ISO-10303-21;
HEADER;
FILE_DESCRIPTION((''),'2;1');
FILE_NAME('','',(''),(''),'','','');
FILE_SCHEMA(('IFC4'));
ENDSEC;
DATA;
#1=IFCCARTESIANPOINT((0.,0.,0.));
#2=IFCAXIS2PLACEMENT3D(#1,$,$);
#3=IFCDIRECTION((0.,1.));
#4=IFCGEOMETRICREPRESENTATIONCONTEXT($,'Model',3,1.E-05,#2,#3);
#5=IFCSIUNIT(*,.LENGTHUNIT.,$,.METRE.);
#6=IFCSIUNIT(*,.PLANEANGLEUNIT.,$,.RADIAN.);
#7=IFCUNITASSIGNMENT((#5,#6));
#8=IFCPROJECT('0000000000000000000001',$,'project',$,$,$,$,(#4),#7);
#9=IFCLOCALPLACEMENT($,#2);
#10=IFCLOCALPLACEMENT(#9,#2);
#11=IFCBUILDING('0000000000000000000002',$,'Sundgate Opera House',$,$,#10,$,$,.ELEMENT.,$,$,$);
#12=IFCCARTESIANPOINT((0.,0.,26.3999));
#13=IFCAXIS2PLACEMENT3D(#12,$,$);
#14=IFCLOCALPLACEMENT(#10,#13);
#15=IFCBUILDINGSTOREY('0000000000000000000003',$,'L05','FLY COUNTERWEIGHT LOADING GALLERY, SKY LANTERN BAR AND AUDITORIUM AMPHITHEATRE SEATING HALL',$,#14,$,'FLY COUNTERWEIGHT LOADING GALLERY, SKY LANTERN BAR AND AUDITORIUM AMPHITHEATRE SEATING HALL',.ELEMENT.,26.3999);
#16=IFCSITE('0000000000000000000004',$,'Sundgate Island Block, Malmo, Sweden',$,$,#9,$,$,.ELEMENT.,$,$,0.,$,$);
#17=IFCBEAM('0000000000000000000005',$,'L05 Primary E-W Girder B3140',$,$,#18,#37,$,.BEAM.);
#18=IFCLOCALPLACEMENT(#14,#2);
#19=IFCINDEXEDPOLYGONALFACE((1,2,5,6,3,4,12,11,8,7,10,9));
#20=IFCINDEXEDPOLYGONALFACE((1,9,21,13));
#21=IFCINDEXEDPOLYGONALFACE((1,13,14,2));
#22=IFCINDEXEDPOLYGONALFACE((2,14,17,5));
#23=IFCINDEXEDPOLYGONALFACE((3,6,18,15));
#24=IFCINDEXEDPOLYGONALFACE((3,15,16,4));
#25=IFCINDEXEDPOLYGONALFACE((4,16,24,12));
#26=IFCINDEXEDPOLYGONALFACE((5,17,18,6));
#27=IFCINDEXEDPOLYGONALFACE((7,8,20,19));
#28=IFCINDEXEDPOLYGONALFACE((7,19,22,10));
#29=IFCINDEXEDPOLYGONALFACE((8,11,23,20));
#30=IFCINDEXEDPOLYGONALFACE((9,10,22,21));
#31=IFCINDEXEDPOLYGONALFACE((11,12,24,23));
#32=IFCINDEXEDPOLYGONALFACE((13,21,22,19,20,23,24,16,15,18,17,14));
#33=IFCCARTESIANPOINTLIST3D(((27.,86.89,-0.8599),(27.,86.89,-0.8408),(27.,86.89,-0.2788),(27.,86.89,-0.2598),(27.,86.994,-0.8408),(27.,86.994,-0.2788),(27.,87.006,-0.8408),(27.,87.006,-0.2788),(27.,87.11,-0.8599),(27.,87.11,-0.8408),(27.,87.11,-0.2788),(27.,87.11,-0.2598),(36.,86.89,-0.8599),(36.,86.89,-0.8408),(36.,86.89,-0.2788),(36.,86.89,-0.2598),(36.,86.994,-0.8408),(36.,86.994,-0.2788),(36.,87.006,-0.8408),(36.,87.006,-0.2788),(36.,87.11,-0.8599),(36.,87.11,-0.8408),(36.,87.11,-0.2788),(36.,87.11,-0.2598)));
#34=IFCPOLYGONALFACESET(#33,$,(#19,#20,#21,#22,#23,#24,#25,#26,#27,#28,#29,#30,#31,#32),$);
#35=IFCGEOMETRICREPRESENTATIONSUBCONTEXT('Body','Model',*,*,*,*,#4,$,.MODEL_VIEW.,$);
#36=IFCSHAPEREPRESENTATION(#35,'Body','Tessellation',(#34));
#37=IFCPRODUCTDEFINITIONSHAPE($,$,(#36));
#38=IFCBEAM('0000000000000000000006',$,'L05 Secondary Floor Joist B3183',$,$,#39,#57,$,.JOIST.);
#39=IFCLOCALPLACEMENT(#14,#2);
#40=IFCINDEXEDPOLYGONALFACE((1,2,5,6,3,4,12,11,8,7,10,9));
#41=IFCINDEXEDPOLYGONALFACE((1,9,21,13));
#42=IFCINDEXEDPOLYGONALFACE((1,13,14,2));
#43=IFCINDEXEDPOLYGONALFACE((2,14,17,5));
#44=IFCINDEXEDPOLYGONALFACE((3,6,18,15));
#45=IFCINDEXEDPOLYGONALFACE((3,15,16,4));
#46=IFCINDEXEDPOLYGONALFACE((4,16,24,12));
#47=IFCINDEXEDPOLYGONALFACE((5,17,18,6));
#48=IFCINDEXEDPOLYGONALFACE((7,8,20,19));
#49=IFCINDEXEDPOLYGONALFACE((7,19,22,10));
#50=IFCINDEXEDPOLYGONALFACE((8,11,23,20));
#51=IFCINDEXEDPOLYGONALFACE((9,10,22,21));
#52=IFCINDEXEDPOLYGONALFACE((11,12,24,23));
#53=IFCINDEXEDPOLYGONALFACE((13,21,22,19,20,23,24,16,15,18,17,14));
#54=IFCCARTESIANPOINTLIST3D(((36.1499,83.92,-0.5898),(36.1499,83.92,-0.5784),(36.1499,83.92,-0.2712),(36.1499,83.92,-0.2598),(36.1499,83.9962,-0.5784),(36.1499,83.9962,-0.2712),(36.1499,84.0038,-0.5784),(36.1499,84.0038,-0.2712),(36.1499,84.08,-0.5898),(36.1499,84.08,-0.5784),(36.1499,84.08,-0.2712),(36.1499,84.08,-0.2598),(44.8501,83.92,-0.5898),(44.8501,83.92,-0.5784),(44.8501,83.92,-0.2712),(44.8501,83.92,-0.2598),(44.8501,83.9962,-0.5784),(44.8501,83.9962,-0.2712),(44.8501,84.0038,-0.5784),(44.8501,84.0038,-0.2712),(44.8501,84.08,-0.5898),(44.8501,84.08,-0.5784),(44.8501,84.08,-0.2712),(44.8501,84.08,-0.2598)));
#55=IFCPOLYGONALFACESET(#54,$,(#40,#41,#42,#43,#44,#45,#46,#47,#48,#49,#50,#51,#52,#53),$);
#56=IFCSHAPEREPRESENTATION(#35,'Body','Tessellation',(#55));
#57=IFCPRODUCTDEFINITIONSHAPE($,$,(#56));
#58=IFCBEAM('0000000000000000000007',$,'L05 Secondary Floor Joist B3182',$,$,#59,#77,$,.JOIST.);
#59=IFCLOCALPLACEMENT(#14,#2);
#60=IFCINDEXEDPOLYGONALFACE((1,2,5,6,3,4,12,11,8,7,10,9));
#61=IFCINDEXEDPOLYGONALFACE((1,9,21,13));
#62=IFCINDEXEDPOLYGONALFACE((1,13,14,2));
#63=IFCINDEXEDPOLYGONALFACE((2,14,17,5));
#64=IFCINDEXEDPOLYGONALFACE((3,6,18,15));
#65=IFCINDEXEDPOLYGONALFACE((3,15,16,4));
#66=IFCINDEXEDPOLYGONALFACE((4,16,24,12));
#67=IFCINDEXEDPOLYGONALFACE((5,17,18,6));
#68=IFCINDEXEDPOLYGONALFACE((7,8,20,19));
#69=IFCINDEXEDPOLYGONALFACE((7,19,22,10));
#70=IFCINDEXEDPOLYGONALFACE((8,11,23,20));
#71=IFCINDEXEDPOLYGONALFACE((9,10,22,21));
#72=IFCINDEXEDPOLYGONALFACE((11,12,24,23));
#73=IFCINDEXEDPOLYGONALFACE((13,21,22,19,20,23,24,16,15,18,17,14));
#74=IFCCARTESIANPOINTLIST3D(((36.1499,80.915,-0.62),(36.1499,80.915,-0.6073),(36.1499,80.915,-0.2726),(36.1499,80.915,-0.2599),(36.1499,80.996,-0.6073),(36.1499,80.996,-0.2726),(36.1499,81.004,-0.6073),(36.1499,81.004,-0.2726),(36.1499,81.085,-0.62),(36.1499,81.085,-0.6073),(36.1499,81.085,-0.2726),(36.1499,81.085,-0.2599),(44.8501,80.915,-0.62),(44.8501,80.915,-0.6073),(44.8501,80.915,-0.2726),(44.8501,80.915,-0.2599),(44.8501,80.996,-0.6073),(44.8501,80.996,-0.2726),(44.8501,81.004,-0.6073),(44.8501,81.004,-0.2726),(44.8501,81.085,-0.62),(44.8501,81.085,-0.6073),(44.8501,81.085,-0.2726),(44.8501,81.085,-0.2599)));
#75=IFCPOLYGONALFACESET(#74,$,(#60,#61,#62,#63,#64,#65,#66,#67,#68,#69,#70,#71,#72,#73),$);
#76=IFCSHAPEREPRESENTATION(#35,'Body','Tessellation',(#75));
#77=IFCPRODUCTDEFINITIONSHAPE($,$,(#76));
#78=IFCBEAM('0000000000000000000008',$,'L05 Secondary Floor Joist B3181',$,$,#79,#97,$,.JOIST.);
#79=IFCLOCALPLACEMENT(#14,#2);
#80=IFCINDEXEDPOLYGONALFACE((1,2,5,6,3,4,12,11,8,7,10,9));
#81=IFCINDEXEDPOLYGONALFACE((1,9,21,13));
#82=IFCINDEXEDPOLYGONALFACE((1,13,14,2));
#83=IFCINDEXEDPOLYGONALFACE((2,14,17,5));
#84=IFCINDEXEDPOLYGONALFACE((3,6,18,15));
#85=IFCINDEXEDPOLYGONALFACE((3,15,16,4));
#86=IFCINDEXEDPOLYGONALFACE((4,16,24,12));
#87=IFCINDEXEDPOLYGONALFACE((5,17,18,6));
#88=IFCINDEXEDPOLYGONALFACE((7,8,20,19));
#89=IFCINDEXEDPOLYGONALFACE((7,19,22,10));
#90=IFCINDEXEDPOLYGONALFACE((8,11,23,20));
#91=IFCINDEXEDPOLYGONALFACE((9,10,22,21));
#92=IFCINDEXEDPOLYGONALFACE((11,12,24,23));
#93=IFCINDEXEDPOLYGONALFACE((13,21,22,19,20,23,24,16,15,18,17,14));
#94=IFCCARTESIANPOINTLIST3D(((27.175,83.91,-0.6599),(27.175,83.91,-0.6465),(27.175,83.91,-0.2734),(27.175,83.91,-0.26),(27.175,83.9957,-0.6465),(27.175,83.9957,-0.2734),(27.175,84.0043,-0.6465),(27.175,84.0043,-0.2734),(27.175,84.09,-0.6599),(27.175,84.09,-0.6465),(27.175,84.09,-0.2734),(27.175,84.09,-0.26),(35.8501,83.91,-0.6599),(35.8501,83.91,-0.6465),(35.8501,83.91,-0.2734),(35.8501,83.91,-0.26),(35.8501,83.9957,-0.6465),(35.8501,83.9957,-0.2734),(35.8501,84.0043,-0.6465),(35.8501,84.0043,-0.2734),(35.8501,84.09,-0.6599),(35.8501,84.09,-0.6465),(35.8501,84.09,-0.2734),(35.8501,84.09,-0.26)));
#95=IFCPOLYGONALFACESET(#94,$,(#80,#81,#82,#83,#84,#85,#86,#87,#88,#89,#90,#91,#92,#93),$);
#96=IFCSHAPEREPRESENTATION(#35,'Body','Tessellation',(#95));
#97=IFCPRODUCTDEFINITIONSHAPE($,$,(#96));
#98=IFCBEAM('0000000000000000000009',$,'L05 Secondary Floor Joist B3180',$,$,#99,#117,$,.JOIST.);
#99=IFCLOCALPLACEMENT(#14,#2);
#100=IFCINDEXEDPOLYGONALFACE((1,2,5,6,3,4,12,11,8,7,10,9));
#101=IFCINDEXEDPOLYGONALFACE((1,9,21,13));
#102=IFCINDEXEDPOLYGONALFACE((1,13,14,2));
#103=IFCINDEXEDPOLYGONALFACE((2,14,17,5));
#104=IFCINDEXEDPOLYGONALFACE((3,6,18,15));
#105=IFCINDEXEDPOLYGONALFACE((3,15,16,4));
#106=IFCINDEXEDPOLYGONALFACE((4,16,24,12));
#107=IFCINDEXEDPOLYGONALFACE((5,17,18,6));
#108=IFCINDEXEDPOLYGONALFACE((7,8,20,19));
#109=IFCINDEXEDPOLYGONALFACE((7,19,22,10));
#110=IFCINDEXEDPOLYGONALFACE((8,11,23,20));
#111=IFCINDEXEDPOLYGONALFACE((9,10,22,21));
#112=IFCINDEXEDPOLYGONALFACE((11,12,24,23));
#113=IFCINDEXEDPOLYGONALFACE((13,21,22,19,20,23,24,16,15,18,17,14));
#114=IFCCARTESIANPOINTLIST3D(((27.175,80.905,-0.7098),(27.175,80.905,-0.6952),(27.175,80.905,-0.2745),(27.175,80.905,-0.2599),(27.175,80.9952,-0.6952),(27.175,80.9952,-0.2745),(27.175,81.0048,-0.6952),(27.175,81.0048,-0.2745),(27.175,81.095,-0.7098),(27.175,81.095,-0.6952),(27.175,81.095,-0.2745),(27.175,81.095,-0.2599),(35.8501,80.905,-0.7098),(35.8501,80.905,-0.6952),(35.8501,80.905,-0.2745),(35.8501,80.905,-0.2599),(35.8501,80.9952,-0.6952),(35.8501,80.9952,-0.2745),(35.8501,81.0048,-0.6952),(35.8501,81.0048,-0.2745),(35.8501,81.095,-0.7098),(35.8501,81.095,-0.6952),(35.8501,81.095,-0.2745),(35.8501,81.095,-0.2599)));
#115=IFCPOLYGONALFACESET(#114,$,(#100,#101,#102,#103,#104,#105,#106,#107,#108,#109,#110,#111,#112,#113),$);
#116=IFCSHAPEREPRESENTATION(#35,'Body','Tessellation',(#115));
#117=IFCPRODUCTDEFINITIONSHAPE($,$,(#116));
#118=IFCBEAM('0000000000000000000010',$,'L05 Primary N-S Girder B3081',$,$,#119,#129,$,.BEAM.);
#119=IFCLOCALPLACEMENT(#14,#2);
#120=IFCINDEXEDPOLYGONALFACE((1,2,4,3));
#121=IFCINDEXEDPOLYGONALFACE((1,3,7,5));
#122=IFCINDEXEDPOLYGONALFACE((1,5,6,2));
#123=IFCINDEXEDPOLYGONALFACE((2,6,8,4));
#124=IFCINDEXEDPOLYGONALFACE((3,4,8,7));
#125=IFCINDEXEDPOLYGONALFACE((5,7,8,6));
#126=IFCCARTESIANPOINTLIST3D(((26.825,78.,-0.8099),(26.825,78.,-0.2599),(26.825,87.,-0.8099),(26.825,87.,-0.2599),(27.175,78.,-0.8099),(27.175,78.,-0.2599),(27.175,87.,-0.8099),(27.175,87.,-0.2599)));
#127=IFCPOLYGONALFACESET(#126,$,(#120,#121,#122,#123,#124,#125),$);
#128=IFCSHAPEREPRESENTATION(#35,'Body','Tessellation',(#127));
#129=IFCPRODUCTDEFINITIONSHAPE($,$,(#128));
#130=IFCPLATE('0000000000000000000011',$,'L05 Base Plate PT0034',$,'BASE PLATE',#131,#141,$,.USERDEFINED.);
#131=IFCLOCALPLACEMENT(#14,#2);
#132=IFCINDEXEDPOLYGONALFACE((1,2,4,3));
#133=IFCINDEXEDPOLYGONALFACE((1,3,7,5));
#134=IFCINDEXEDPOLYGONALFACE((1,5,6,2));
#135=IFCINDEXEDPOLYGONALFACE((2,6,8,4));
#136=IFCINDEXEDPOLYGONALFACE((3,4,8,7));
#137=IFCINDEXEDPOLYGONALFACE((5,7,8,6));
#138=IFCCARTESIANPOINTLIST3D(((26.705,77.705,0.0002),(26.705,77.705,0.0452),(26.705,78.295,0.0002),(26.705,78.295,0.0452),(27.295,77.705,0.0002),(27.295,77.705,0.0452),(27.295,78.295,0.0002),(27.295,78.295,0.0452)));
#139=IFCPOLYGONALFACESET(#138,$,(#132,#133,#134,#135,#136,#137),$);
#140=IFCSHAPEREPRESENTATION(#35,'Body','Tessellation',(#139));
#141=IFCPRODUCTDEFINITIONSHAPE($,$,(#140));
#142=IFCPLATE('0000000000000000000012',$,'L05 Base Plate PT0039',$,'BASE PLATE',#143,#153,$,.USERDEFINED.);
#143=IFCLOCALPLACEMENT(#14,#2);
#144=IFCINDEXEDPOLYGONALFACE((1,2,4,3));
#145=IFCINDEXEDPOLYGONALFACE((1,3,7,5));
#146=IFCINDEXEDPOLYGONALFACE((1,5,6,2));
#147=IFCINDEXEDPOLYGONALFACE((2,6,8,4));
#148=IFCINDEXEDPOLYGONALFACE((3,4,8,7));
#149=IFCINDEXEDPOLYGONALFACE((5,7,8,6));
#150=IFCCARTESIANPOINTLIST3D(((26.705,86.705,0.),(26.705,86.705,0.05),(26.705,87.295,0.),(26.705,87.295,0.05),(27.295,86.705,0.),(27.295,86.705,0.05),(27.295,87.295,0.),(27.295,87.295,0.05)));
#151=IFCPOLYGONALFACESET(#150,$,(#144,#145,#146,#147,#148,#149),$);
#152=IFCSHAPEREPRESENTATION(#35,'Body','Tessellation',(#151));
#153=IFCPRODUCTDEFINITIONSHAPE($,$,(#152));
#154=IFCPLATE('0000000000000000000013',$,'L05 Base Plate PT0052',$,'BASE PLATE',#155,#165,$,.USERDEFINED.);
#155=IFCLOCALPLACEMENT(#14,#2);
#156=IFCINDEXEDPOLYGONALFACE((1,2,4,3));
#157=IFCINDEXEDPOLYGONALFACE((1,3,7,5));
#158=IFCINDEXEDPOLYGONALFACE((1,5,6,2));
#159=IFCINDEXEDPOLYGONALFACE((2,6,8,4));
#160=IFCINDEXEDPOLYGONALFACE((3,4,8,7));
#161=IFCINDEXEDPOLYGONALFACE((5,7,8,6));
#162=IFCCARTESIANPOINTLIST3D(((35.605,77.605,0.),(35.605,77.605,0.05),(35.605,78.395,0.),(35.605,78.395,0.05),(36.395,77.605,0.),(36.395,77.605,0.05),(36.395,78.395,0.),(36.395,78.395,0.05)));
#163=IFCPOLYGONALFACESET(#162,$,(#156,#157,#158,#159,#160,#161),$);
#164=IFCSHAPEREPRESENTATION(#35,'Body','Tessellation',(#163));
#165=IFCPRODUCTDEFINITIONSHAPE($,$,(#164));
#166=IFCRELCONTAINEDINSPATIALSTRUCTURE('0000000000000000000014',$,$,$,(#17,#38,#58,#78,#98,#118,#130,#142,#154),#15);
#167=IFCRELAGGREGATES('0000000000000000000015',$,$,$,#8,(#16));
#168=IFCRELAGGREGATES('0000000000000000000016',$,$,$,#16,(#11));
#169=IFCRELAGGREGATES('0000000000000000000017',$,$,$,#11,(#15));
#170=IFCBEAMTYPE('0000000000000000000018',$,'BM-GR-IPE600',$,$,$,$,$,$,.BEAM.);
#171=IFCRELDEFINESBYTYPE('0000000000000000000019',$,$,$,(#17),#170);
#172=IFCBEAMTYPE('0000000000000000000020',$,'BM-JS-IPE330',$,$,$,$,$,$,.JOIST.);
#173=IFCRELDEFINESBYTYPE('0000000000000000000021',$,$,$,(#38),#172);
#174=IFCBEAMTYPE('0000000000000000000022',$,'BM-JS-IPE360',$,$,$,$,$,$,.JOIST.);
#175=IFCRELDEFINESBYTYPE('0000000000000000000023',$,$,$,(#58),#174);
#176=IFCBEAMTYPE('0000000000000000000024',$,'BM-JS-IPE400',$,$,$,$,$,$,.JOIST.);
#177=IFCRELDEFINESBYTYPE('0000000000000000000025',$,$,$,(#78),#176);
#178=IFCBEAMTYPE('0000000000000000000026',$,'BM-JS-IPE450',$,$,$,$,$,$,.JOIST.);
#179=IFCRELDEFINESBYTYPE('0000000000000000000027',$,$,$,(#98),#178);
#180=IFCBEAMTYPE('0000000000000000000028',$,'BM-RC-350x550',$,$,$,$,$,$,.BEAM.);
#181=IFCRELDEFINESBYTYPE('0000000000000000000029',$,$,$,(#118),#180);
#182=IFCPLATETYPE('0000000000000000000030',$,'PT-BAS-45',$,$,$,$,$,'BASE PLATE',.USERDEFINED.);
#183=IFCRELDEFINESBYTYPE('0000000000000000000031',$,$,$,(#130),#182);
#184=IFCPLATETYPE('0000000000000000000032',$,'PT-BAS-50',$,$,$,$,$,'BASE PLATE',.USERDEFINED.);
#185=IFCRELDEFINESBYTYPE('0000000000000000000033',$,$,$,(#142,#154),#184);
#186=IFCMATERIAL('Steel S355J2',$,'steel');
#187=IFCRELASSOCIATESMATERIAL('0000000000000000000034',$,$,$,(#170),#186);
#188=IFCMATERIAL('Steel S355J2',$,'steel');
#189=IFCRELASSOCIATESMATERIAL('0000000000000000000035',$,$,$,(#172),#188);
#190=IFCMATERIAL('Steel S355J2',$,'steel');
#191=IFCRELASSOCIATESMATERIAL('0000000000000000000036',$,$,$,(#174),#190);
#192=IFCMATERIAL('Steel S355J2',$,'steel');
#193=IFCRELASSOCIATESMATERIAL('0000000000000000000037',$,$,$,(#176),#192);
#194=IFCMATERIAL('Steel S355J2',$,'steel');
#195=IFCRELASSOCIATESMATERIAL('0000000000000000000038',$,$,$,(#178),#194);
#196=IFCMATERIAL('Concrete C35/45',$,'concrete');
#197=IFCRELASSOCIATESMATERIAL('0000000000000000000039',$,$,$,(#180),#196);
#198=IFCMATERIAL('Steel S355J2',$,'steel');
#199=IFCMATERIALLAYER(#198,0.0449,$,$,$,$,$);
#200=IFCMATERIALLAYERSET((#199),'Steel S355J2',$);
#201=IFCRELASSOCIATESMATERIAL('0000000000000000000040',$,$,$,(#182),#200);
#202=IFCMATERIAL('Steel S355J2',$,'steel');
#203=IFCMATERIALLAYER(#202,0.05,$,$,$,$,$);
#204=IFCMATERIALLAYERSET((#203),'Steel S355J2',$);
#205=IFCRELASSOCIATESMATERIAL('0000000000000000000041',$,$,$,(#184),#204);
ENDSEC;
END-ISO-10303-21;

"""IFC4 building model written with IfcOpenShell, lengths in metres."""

from ifc_helpers import new_model, si_unit, direction, frame, origin, origin_2d, place, context, subcontext, project, spatial, rectangle, i_section, extrude, material, layer, layer_set, material_profile, profile_set, type_object, element, save


model = new_model("IFC4")

# Units and contexts
model_context = context("Model", 3, precision=1e-05, world=origin(), true_north=direction((0.0, 1.0)))
body_context = subcontext(model_context, "Body", "Model", "MODEL_VIEW")
ifc_project = project(units=[si_unit("LENGTHUNIT", "METRE"), si_unit("PLANEANGLEUNIT", "RADIAN")], contexts=[model_context])

# Site, building, storey
site_placement = place(None, origin())
site = spatial("IfcSite", under=ifc_project, at=site_placement, Name="Sundgate Island Block, Malmo, Sweden", CompositionType="ELEMENT", RefElevation=0.0)
building_placement = place(site_placement, origin())
building = spatial("IfcBuilding", under=site, at=building_placement, Name="Sundgate Opera House", CompositionType="ELEMENT")
storey_placement = place(building_placement, frame((0.0, 0.0, 26.3999)))
storey = spatial("IfcBuildingStorey", under=building, at=storey_placement, Name="L05", Description="FLY COUNTERWEIGHT LOADING GALLERY, SKY LANTERN BAR AND AUDITORIUM AMPHITHEATRE SEATING HALL", LongName="FLY COUNTERWEIGHT LOADING GALLERY, SKY LANTERN BAR AND AUDITORIUM AMPHITHEATRE SEATING HALL", CompositionType="ELEMENT", Elevation=26.3999)

# Beams
ifc_material_1 = material(Name="Steel S355J2", Category="steel")
ifc_material_profile_1 = material_profile(ifc_material_1, i_section(OverallWidth=0.22, OverallDepth=0.6001, WebThickness=0.012, FlangeThickness=0.019, at=origin_2d()), Name="IPE 600")
ifc_profile_set_1 = profile_set([ifc_material_profile_1], Name="Steel S355J2")
beam_type_1 = type_object("IfcBeamType", Name="BM-GR-IPE600", PredefinedType="BEAM", material=ifc_profile_set_1)
beam_1_placement = place(storey_placement, frame((27.0, 87.0, -0.5598), z_axis=(1.0, 0.0, 0.0), x_axis=(0.0, 1.0, 0.0)))
element("IfcBeam", 1, at=beam_1_placement, inside=storey, type_object=beam_type_1, Name="L05 Primary E-W Girder B3140", PredefinedType="BEAM", context=body_context, shape_type="SweptSolid", body=[
    extrude(i_section(OverallWidth=0.22, OverallDepth=0.6001, WebThickness=0.012, FlangeThickness=0.019, at=origin_2d()), origin(), (0.0, 0.0, 1.0), 9.0),
])
ifc_material_2 = material(Name="Steel S355J2", Category="steel")
ifc_material_profile_2 = material_profile(ifc_material_2, i_section(OverallWidth=0.1599, OverallDepth=0.3301, WebThickness=0.0076, FlangeThickness=0.0115, at=origin_2d()), Name="IPE 330")
ifc_profile_set_2 = profile_set([ifc_material_profile_2], Name="Steel S355J2")
beam_type_2 = type_object("IfcBeamType", Name="BM-JS-IPE330", PredefinedType="JOIST", material=ifc_profile_set_2)
beam_2_placement = place(storey_placement, frame((36.1499, 84.0, -0.4248), z_axis=(1.0, 0.0, 0.0), x_axis=(0.0, 1.0, 0.0)))
element("IfcBeam", 2, at=beam_2_placement, inside=storey, type_object=beam_type_2, Name="L05 Secondary Floor Joist B3183", PredefinedType="JOIST", context=body_context, shape_type="SweptSolid", body=[
    extrude(i_section(OverallWidth=0.1599, OverallDepth=0.3301, WebThickness=0.0076, FlangeThickness=0.0115, at=origin_2d()), origin(), (0.0, 0.0, 1.0), 8.7002),
])
ifc_material_3 = material(Name="Steel S355J2", Category="steel")
ifc_material_profile_3 = material_profile(ifc_material_3, i_section(OverallWidth=0.1699, OverallDepth=0.3601, WebThickness=0.0081, FlangeThickness=0.0127, at=origin_2d()), Name="IPE 360")
ifc_profile_set_3 = profile_set([ifc_material_profile_3], Name="Steel S355J2")
beam_type_3 = type_object("IfcBeamType", Name="BM-JS-IPE360", PredefinedType="JOIST", material=ifc_profile_set_3)
beam_3_placement = place(storey_placement, frame((36.1499, 81.0, -0.4399), z_axis=(1.0, 0.0, 0.0), x_axis=(0.0, 1.0, 0.0)))
element("IfcBeam", 3, at=beam_3_placement, inside=storey, type_object=beam_type_3, Name="L05 Secondary Floor Joist B3182", PredefinedType="JOIST", context=body_context, shape_type="SweptSolid", body=[
    extrude(i_section(OverallWidth=0.1699, OverallDepth=0.3601, WebThickness=0.0081, FlangeThickness=0.0127, at=origin_2d()), origin(), (0.0, 0.0, 1.0), 8.7002),
])
ifc_material_4 = material(Name="Steel S355J2", Category="steel")
ifc_material_profile_4 = material_profile(ifc_material_4, i_section(OverallWidth=0.1799, OverallDepth=0.3999, WebThickness=0.0085, FlangeThickness=0.0134, at=origin_2d()), Name="IPE 400")
ifc_profile_set_4 = profile_set([ifc_material_profile_4], Name="Steel S355J2")
beam_type_4 = type_object("IfcBeamType", Name="BM-JS-IPE400", PredefinedType="JOIST", material=ifc_profile_set_4)
beam_4_placement = place(storey_placement, frame((27.175, 84.0, -0.46), z_axis=(1.0, 0.0, 0.0), x_axis=(0.0, 1.0, 0.0)))
element("IfcBeam", 4, at=beam_4_placement, inside=storey, type_object=beam_type_4, Name="L05 Secondary Floor Joist B3181", PredefinedType="JOIST", context=body_context, shape_type="SweptSolid", body=[
    extrude(i_section(OverallWidth=0.1799, OverallDepth=0.3999, WebThickness=0.0085, FlangeThickness=0.0134, at=origin_2d()), origin(), (0.0, 0.0, 1.0), 8.675),
])
ifc_material_5 = material(Name="Steel S355J2", Category="steel")
ifc_material_profile_5 = material_profile(ifc_material_5, i_section(OverallWidth=0.1899, OverallDepth=0.45, WebThickness=0.0095, FlangeThickness=0.0146, at=origin_2d()), Name="IPE 450")
ifc_profile_set_5 = profile_set([ifc_material_profile_5], Name="Steel S355J2")
beam_type_5 = type_object("IfcBeamType", Name="BM-JS-IPE450", PredefinedType="JOIST", material=ifc_profile_set_5)
beam_5_placement = place(storey_placement, frame((27.175, 81.0, -0.4849), z_axis=(1.0, 0.0, 0.0), x_axis=(0.0, 1.0, 0.0)))
element("IfcBeam", 5, at=beam_5_placement, inside=storey, type_object=beam_type_5, Name="L05 Secondary Floor Joist B3180", PredefinedType="JOIST", context=body_context, shape_type="SweptSolid", body=[
    extrude(i_section(OverallWidth=0.1899, OverallDepth=0.45, WebThickness=0.0095, FlangeThickness=0.0146, at=origin_2d()), origin(), (0.0, 0.0, 1.0), 8.675),
])
ifc_material_6 = material(Name="Concrete C35/45", Category="concrete")
ifc_material_profile_6 = material_profile(ifc_material_6, rectangle(XDim=0.3501, YDim=0.55, at=origin_2d()), Name="RC 350x550")
ifc_profile_set_6 = profile_set([ifc_material_profile_6], Name="Concrete C35/45")
beam_type_6 = type_object("IfcBeamType", Name="BM-RC-350x550", PredefinedType="BEAM", material=ifc_profile_set_6)
beam_6_placement = place(storey_placement, frame((27.0, 78.0, -0.5349), z_axis=(0.0, 1.0, 0.0), x_axis=(-1.0, 0.0, 0.0)))
element("IfcBeam", 6, at=beam_6_placement, inside=storey, type_object=beam_type_6, Name="L05 Primary N-S Girder B3081", PredefinedType="BEAM", context=body_context, shape_type="SweptSolid", body=[
    extrude(rectangle(XDim=0.3501, YDim=0.55, at=origin_2d()), origin(), (0.0, 0.0, 1.0), 9.0),
])

# Plates
ifc_material_7 = material(Name="Steel S355J2", Category="steel")
ifc_layer_1 = layer(ifc_material_7, 0.0449)
ifc_layer_set_1 = layer_set([ifc_layer_1], Name="Steel S355J2")
plate_type_1 = type_object("IfcPlateType", Name="PT-BAS-45", ElementType="BASE PLATE", PredefinedType="USERDEFINED", material=ifc_layer_set_1)
plate_1_placement = place(storey_placement, frame((27.0, 78.0, 0.0002), z_axis=(0.0, 0.0, 1.0), x_axis=(1.0, 0.0, 0.0)))
element("IfcPlate", 7, at=plate_1_placement, inside=storey, type_object=plate_type_1, Name="L05 Base Plate PT0034", ObjectType="BASE PLATE", PredefinedType="USERDEFINED", context=body_context, shape_type="SweptSolid", body=[
    extrude(rectangle(XDim=0.5901, YDim=0.5901, at=origin_2d()), origin(), (0.0, 0.0, 1.0), 0.0449),
])
ifc_material_8 = material(Name="Steel S355J2", Category="steel")
ifc_layer_2 = layer(ifc_material_8, 0.05)
ifc_layer_set_2 = layer_set([ifc_layer_2], Name="Steel S355J2")
plate_type_2 = type_object("IfcPlateType", Name="PT-BAS-50", ElementType="BASE PLATE", PredefinedType="USERDEFINED", material=ifc_layer_set_2)
plate_2_placement = place(storey_placement, frame((27.0, 87.0, 0.0), z_axis=(0.0, 0.0, 1.0), x_axis=(1.0, 0.0, 0.0)))
element("IfcPlate", 8, at=plate_2_placement, inside=storey, type_object=plate_type_2, Name="L05 Base Plate PT0039", ObjectType="BASE PLATE", PredefinedType="USERDEFINED", context=body_context, shape_type="SweptSolid", body=[
    extrude(rectangle(XDim=0.5901, YDim=0.5901, at=origin_2d()), origin(), (0.0, 0.0, 1.0), 0.05),
])
plate_3_placement = place(storey_placement, frame((36.0, 78.0, 0.0), z_axis=(0.0, 0.0, 1.0), x_axis=(1.0, 0.0, 0.0)))
element("IfcPlate", 9, at=plate_3_placement, inside=storey, type_object=plate_type_2, Name="L05 Base Plate PT0052", ObjectType="BASE PLATE", PredefinedType="USERDEFINED", context=body_context, shape_type="SweptSolid", body=[
    extrude(rectangle(XDim=0.79, YDim=0.79, at=origin_2d()), origin(), (0.0, 0.0, 1.0), 0.05),
])

save(model, "model.ifc")
